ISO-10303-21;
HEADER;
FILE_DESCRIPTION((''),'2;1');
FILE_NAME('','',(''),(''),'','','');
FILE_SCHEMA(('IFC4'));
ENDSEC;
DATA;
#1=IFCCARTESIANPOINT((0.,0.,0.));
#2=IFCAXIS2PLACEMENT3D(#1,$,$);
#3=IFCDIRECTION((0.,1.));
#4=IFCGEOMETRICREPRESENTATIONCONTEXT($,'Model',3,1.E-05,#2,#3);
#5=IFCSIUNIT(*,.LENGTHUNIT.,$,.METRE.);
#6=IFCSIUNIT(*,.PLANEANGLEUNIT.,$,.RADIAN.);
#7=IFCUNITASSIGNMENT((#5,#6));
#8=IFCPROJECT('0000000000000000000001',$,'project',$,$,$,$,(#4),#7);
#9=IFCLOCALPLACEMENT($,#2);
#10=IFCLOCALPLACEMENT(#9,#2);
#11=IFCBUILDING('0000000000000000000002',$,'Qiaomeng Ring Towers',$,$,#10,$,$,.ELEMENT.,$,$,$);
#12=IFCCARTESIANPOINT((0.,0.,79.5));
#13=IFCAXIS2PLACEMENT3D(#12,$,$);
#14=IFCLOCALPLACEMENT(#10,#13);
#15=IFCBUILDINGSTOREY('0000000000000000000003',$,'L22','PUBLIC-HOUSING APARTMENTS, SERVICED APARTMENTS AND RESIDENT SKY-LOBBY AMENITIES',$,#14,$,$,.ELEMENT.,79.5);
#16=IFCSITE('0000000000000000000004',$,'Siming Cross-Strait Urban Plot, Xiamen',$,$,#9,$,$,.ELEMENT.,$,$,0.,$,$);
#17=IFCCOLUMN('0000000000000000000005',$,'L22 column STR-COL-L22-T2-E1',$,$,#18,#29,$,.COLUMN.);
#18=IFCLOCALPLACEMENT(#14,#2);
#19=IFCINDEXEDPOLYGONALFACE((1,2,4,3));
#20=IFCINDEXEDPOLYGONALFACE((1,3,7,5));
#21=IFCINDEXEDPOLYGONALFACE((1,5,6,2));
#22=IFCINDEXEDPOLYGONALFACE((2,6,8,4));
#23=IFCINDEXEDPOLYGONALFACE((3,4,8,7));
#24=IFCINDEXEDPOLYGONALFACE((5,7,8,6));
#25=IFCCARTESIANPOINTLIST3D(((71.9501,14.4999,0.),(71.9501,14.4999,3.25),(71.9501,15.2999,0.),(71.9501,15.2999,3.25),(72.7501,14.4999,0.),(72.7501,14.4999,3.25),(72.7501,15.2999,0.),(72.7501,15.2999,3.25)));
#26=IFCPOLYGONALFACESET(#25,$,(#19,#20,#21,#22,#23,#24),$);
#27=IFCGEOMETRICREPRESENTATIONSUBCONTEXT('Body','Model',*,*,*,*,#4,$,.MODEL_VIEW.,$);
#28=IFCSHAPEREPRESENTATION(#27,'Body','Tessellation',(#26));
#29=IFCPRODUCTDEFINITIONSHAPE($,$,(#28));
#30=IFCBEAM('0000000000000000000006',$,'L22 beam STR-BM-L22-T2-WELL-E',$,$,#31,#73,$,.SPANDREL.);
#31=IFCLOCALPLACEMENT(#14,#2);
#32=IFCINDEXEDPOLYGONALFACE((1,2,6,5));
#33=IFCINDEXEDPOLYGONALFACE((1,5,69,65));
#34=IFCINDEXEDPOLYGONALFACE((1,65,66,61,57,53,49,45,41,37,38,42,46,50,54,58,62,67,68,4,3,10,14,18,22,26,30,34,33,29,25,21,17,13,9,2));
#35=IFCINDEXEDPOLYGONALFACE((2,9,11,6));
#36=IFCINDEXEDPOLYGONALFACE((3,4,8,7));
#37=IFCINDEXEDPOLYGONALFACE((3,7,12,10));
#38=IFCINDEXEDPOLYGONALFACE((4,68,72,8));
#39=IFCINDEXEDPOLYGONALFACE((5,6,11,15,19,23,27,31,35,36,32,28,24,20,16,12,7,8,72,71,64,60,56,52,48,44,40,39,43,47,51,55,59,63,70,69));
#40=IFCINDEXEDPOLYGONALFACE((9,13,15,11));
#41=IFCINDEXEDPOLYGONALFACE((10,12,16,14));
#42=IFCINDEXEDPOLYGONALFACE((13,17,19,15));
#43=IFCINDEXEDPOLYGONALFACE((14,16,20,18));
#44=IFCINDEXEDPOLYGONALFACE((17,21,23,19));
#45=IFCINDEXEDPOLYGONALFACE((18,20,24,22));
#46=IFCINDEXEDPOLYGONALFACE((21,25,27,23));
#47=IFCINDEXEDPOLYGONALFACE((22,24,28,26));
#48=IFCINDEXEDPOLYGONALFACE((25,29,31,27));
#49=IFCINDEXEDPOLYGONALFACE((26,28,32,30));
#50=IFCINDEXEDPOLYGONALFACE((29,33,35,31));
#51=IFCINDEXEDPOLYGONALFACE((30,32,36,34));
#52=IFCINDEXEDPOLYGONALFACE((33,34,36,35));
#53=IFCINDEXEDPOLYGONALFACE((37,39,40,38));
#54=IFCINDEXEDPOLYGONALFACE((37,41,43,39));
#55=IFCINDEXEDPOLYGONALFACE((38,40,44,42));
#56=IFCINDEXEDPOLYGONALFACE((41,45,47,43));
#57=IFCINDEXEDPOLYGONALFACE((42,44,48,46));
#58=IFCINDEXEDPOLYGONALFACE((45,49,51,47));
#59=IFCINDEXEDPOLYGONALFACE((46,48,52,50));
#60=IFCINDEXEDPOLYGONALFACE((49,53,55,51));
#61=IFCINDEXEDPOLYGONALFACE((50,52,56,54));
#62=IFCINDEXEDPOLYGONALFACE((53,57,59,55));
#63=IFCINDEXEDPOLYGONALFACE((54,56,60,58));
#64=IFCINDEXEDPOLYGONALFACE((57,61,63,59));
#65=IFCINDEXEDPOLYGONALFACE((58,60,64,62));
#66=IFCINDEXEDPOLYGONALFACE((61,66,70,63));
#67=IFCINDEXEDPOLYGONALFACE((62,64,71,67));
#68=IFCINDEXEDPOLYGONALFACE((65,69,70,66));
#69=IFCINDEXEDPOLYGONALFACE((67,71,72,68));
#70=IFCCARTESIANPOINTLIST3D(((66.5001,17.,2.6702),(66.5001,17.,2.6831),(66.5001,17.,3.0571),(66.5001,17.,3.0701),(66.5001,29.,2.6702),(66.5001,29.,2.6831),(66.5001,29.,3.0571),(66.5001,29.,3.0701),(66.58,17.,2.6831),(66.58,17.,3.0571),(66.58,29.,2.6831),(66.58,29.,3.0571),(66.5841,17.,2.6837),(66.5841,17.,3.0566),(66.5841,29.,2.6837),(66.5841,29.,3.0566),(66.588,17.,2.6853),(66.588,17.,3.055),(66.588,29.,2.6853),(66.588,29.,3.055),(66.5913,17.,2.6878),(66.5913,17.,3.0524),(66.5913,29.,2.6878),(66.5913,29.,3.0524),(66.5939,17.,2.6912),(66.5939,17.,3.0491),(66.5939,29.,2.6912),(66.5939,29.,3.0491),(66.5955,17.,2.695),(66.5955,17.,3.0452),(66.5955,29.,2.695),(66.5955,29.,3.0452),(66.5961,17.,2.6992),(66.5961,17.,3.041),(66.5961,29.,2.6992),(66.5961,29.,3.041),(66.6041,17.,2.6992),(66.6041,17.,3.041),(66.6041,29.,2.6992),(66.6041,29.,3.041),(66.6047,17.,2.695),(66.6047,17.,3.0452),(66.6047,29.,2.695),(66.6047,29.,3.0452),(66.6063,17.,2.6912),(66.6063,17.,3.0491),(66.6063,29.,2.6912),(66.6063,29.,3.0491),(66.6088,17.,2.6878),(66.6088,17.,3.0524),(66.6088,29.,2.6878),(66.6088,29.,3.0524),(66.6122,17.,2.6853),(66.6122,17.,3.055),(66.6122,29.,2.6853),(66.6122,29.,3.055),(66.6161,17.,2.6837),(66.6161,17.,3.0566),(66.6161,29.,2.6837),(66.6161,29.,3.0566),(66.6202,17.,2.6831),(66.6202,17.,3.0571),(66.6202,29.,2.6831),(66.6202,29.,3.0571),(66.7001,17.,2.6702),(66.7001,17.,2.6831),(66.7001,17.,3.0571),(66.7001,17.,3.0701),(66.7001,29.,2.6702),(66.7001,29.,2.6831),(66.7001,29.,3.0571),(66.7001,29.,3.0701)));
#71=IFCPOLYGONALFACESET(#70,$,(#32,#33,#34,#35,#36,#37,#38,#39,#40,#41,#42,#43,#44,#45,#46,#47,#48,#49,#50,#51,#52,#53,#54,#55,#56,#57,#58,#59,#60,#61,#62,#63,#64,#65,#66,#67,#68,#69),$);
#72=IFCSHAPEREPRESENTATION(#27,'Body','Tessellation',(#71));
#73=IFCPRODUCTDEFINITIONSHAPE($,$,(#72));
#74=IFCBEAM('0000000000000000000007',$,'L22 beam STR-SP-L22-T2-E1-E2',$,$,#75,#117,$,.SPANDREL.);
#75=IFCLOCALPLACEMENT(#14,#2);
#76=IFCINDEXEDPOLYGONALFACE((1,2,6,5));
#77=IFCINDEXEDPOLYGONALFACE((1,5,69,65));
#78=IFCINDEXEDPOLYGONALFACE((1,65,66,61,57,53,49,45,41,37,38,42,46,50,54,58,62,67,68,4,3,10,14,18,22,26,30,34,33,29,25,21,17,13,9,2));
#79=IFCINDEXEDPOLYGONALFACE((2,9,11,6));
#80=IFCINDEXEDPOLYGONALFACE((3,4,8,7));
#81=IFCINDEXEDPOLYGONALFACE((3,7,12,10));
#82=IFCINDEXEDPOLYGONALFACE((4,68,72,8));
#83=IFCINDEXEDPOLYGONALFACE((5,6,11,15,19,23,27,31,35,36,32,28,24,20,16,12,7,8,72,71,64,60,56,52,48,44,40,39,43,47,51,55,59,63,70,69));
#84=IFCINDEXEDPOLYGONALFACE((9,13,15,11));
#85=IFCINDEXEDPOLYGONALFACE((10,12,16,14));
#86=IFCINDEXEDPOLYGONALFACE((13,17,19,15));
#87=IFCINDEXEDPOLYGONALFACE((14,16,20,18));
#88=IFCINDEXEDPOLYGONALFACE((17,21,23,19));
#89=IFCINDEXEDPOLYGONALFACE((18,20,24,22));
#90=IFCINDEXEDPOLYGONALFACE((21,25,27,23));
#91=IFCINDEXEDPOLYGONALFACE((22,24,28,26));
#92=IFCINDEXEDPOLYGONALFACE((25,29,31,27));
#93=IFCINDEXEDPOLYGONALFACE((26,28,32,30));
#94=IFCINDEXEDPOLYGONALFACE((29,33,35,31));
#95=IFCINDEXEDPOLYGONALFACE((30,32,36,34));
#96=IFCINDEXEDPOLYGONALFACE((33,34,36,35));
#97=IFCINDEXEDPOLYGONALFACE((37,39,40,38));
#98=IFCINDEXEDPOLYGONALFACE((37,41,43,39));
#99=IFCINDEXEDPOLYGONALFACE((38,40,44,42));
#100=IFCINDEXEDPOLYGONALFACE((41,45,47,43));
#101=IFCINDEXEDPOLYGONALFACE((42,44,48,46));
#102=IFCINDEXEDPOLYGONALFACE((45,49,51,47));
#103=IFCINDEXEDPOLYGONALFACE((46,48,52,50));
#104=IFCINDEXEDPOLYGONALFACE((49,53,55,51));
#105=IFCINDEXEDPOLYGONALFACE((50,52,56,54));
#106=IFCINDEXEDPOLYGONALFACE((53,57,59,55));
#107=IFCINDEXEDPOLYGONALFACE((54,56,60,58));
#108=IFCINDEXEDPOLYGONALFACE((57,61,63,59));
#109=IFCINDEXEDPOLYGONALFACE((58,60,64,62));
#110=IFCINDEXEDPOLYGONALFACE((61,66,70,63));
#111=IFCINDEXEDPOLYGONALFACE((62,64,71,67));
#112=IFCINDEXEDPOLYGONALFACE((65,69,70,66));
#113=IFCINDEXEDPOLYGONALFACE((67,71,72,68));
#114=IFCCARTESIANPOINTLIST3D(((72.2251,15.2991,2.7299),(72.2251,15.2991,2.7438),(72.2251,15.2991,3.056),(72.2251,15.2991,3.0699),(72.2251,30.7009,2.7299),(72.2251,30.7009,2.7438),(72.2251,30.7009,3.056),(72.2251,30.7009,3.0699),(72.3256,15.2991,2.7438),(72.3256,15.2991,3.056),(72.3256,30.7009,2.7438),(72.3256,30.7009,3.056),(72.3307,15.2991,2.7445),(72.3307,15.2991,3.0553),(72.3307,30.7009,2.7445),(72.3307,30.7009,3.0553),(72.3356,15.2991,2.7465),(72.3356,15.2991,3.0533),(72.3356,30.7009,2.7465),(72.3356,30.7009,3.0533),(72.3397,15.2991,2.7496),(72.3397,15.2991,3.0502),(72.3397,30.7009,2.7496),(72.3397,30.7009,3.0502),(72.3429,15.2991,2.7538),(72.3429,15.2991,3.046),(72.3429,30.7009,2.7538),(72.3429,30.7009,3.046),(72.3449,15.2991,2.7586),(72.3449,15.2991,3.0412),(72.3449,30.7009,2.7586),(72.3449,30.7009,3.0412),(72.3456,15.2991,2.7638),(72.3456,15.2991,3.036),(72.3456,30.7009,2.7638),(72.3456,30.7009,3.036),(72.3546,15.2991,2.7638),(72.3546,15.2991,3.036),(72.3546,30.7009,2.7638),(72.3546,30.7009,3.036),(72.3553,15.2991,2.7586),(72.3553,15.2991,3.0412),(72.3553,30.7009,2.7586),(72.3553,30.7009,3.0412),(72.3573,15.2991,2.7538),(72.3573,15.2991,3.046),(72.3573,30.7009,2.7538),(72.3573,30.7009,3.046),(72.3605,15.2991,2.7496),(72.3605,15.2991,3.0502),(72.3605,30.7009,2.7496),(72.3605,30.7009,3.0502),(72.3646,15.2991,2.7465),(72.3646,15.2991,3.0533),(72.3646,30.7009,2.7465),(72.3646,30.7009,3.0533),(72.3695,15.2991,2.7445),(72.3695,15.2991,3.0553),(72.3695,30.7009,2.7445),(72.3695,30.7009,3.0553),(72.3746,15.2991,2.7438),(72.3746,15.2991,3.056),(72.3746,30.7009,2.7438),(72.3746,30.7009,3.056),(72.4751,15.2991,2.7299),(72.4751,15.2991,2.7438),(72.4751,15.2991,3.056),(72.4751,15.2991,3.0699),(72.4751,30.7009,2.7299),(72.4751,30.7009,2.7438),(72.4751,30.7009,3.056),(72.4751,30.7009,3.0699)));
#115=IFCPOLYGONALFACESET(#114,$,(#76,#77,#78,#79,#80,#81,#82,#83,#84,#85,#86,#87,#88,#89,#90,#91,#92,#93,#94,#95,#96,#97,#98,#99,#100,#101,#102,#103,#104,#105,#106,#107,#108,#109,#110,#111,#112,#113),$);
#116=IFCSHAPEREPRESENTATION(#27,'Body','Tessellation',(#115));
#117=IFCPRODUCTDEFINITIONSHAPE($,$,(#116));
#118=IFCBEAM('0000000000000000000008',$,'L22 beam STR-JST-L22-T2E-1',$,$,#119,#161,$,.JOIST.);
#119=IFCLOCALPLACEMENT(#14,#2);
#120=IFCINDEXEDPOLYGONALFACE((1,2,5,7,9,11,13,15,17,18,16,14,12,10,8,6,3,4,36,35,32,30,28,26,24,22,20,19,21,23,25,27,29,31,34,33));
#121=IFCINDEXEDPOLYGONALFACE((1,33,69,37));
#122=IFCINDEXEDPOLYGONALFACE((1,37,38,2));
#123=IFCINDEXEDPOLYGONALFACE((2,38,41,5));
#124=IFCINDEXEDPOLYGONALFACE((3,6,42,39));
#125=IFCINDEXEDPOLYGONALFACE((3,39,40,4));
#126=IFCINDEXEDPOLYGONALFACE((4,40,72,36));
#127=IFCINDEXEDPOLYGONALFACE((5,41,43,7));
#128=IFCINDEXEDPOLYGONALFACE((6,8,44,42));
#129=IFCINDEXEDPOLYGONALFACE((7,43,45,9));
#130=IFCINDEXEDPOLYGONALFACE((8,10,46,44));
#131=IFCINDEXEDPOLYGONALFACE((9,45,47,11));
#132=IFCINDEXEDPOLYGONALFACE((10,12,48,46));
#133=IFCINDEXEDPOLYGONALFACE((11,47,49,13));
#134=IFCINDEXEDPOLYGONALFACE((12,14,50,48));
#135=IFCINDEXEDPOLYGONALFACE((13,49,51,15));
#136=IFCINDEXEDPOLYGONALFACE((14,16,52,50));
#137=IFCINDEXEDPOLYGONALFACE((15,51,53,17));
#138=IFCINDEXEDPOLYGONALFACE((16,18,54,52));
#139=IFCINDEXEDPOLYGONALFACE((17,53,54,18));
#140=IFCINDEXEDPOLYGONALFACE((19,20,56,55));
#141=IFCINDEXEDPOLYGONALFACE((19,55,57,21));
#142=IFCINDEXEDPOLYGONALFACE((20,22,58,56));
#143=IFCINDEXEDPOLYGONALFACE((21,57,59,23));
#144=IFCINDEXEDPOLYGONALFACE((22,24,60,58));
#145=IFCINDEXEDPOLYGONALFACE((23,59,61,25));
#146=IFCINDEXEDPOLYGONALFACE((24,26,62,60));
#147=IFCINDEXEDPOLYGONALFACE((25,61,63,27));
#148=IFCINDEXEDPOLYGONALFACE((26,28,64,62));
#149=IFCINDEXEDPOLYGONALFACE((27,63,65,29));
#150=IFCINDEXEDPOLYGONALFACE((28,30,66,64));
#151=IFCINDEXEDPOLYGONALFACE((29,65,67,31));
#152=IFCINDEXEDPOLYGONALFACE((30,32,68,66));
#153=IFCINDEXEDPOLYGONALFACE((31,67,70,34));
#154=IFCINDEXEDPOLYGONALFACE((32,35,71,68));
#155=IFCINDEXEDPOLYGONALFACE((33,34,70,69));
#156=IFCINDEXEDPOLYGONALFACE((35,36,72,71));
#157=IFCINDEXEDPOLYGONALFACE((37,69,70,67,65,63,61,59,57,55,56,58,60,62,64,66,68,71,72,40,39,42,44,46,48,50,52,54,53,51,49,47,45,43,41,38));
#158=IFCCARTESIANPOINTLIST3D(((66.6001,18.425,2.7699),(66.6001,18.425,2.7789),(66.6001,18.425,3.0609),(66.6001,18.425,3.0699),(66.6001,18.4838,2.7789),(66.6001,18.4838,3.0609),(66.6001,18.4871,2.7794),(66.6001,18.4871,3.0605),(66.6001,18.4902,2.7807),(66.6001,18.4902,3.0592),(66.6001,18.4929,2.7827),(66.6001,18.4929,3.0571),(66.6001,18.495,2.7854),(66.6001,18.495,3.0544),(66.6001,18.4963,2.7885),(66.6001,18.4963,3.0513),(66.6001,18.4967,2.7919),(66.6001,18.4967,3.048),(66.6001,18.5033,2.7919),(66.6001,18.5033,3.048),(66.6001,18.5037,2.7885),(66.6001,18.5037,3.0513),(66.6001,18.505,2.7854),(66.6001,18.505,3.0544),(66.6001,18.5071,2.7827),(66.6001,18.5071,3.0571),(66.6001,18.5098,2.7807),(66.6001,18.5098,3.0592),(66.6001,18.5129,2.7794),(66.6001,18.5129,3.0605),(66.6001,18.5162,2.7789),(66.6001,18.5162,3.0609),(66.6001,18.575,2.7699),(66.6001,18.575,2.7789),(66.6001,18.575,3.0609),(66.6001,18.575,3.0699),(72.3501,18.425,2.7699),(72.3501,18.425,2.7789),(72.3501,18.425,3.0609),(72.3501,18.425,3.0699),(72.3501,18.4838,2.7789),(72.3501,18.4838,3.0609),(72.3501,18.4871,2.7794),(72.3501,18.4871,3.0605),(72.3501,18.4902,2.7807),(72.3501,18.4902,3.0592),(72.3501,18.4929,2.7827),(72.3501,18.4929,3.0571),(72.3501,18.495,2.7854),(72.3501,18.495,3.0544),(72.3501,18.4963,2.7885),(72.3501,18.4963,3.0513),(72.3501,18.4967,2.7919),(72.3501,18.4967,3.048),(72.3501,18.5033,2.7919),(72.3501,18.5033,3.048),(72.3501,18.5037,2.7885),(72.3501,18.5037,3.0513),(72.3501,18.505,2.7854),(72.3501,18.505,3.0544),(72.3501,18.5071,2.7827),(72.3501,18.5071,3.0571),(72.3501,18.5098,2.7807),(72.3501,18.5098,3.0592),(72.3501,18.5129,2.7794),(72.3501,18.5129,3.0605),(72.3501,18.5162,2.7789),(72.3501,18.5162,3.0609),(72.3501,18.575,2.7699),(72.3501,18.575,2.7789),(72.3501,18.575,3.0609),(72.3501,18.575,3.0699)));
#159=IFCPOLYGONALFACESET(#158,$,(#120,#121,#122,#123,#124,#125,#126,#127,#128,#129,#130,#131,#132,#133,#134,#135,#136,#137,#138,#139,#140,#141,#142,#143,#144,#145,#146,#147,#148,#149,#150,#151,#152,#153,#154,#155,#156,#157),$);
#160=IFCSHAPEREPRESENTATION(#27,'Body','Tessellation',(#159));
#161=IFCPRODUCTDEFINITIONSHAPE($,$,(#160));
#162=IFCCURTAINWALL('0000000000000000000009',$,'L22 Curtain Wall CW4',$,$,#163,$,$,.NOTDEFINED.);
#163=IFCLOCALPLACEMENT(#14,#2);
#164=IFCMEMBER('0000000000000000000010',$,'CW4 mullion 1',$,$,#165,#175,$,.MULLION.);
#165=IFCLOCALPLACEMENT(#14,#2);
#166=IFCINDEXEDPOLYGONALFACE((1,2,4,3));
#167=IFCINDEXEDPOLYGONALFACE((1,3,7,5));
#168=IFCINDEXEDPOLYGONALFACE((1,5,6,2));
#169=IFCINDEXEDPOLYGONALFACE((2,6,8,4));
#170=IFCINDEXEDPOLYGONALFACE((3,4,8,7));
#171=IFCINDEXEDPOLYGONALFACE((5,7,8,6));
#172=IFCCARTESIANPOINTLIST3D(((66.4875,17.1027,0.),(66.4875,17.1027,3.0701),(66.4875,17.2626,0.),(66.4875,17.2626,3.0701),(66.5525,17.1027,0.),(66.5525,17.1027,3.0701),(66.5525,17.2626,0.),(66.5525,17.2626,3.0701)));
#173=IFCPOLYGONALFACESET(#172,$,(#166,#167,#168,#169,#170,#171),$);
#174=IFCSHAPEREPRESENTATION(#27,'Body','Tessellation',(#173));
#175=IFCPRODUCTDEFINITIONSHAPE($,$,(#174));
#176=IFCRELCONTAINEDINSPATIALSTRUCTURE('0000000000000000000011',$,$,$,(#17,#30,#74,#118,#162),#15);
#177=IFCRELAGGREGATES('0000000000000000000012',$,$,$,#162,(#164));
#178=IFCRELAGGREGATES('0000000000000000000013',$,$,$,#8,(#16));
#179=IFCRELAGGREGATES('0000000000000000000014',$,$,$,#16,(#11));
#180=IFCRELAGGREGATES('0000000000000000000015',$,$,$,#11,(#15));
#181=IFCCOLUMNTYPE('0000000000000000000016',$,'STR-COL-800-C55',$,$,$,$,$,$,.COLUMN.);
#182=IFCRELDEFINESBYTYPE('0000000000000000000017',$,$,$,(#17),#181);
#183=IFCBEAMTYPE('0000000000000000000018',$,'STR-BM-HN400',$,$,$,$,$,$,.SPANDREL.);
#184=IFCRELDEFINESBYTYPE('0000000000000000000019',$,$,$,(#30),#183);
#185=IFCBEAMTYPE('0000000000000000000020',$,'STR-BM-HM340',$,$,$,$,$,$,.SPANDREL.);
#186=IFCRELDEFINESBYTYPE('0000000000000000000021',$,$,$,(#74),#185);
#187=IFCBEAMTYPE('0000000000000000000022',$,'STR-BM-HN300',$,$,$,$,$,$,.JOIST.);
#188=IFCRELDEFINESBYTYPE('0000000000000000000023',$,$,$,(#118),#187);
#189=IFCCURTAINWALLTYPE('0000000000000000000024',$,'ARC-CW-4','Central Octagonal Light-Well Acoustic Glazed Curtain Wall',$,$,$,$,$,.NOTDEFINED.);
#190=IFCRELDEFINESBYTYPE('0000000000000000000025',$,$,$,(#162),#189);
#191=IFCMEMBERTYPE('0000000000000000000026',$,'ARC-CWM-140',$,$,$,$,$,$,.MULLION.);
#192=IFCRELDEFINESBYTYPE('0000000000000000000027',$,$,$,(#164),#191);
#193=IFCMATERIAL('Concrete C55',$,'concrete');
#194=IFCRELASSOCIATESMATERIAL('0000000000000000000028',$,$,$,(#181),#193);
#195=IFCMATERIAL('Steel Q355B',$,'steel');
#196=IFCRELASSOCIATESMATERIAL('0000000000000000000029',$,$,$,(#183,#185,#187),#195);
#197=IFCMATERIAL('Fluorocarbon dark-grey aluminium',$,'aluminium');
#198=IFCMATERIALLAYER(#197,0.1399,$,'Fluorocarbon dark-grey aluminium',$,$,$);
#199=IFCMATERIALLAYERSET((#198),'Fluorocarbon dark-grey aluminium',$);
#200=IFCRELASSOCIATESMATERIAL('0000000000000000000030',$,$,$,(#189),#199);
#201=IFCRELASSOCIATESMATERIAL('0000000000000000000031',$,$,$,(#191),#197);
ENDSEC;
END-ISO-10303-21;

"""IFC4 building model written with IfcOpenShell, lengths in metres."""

from ifc_helpers import new_model, si_unit, direction, frame, origin, origin_2d, place, context, subcontext, project, spatial, rectangle, i_section, extrude, source, transform, mapped, material, layer, layer_set, material_profile, profile_set, type_object, element, aggregate, save


model = new_model("IFC4")

# Units and contexts
model_context = context("Model", 3, precision=1e-05, world=origin(), true_north=direction((0.0, 1.0)))
body_context = subcontext(model_context, "Body", "Model", "MODEL_VIEW")
ifc_project = project(units=[si_unit("LENGTHUNIT", "METRE"), si_unit("PLANEANGLEUNIT", "RADIAN")], contexts=[model_context])

# Site, building, storey
site_placement = place(None, origin())
site = spatial("IfcSite", under=ifc_project, at=site_placement, Name="Siming Cross-Strait Urban Plot, Xiamen", CompositionType="ELEMENT", RefElevation=0.0)
building_placement = place(site_placement, origin())
building = spatial("IfcBuilding", under=site, at=building_placement, Name="Qiaomeng Ring Towers", CompositionType="ELEMENT")
storey_placement = place(building_placement, frame((0.0, 0.0, 79.5)))
storey = spatial("IfcBuildingStorey", under=building, at=storey_placement, Name="L22", Description="PUBLIC-HOUSING APARTMENTS, SERVICED APARTMENTS AND RESIDENT SKY-LOBBY AMENITIES", CompositionType="ELEMENT", Elevation=79.5)

# Column
ifc_material_1 = material(Name="Concrete C55", Category="concrete")
ifc_material_profile_1 = material_profile(ifc_material_1, rectangle(XDim=0.8, YDim=0.8, at=origin_2d()), Name="RC COL 800x800")
ifc_profile_set_1 = profile_set([ifc_material_profile_1], Name="Concrete C55")
column_type = type_object("IfcColumnType", Name="STR-COL-800-C55", PredefinedType="COLUMN", material=ifc_profile_set_1)
shared_shape_1 = source(origin(), body_context, "Body", "SweptSolid", [
    extrude(rectangle(XDim=0.8, YDim=0.8, at=origin_2d()), origin(), (0.0, 0.0, 1.0), 3.25),
])
column_placement = place(storey_placement, frame((72.3501, 14.8999, 0.0), z_axis=(0.0, 0.0, 1.0), x_axis=(1.0, 0.0, 0.0)))
element("IfcColumn", 1, at=column_placement, inside=storey, type_object=column_type, Name="L22 column STR-COL-L22-T2-E1", PredefinedType="COLUMN", context=body_context, shape_type="MappedRepresentation", body=[
    mapped(shared_shape_1, transform((0.0, 0.0, 0.0), x_axis=(1.0, 0.0, 0.0), y_axis=(0.0, 1.0, 0.0), z_axis=(0.0, 0.0, 1.0), scale=1.0)),
])

# Beams
ifc_material_2 = material(Name="Steel Q355B", Category="steel")
ifc_material_profile_2 = material_profile(ifc_material_2, i_section(OverallWidth=0.2, OverallDepth=0.3999, WebThickness=0.0081, FlangeThickness=0.0129, FilletRadius=0.0161, at=origin_2d()), Name="HN 400x200x8x13")
ifc_profile_set_2 = profile_set([ifc_material_profile_2], Name="Steel Q355B")
beam_type_1 = type_object("IfcBeamType", Name="STR-BM-HN400", PredefinedType="SPANDREL", material=ifc_profile_set_2)
shared_shape_2 = source(origin(), body_context, "Body", "SweptSolid", [
    extrude(i_section(OverallWidth=0.2, OverallDepth=0.3999, WebThickness=0.0081, FlangeThickness=0.0129, FilletRadius=0.0161, at=origin_2d()), origin(), (0.0, 0.0, 1.0), 12.0),
])
beam_1_placement = place(storey_placement, frame((66.6001, 17.0, 2.8701), z_axis=(0.0, 1.0, 0.0), x_axis=(-1.0, 0.0, 0.0)))
element("IfcBeam", 2, at=beam_1_placement, inside=storey, type_object=beam_type_1, Name="L22 beam STR-BM-L22-T2-WELL-E", PredefinedType="SPANDREL", context=body_context, shape_type="MappedRepresentation", body=[
    mapped(shared_shape_2, transform((0.0, 0.0, 0.0), x_axis=(1.0, 0.0, 0.0), y_axis=(0.0, 1.0, 0.0), z_axis=(0.0, 0.0, 1.0), scale=1.0)),
])
ifc_material_profile_3 = material_profile(ifc_material_2, i_section(OverallWidth=0.25, OverallDepth=0.3401, WebThickness=0.009, FlangeThickness=0.0139, FilletRadius=0.02, at=origin_2d()), Name="HM 340x250x9x14")
ifc_profile_set_3 = profile_set([ifc_material_profile_3], Name="Steel Q355B")
beam_type_2 = type_object("IfcBeamType", Name="STR-BM-HM340", PredefinedType="SPANDREL", material=ifc_profile_set_3)
shared_shape_3 = source(origin(), body_context, "Body", "SweptSolid", [
    extrude(i_section(OverallWidth=0.25, OverallDepth=0.3401, WebThickness=0.009, FlangeThickness=0.0139, FilletRadius=0.02, at=origin_2d()), origin(), (0.0, 0.0, 1.0), 15.4019),
])
beam_2_placement = place(storey_placement, frame((72.3501, 15.2991, 2.8999), z_axis=(0.0, 1.0, 0.0), x_axis=(-1.0, 0.0, 0.0)))
element("IfcBeam", 3, at=beam_2_placement, inside=storey, type_object=beam_type_2, Name="L22 beam STR-SP-L22-T2-E1-E2", PredefinedType="SPANDREL", context=body_context, shape_type="MappedRepresentation", body=[
    mapped(shared_shape_3, transform((0.0, 0.0, 0.0), x_axis=(1.0, 0.0, 0.0), y_axis=(0.0, 1.0, 0.0), z_axis=(0.0, 0.0, 1.0), scale=1.0)),
])
ifc_material_profile_4 = material_profile(ifc_material_2, i_section(OverallWidth=0.1499, OverallDepth=0.3, WebThickness=0.0066, FlangeThickness=0.009, FilletRadius=0.0129, at=origin_2d()), Name="HN 300x150x6.5x9")
ifc_profile_set_4 = profile_set([ifc_material_profile_4], Name="Steel Q355B")
beam_type_3 = type_object("IfcBeamType", Name="STR-BM-HN300", PredefinedType="JOIST", material=ifc_profile_set_4)
shared_shape_4 = source(origin(), body_context, "Body", "SweptSolid", [
    extrude(i_section(OverallWidth=0.1499, OverallDepth=0.3, WebThickness=0.0066, FlangeThickness=0.009, FilletRadius=0.0129, at=origin_2d()), origin(), (0.0, 0.0, 1.0), 5.75),
])
beam_3_placement = place(storey_placement, frame((66.6001, 18.5, 2.9199), z_axis=(1.0, 0.0, 0.0), x_axis=(0.0, 1.0, 0.0)))
element("IfcBeam", 4, at=beam_3_placement, inside=storey, type_object=beam_type_3, Name="L22 beam STR-JST-L22-T2E-1", PredefinedType="JOIST", context=body_context, shape_type="MappedRepresentation", body=[
    mapped(shared_shape_4, transform((0.0, 0.0, 0.0), x_axis=(1.0, 0.0, 0.0), y_axis=(0.0, 1.0, 0.0), z_axis=(0.0, 0.0, 1.0), scale=1.0)),
])

# Curtain wall, member
ifc_material_3 = material(Name="Fluorocarbon dark-grey aluminium", Category="aluminium")
ifc_layer_1 = layer(ifc_material_3, 0.1399, Name="Fluorocarbon dark-grey aluminium")
ifc_layer_set_1 = layer_set([ifc_layer_1], Name="Fluorocarbon dark-grey aluminium")
curtain_wall_type = type_object("IfcCurtainWallType", Name="ARC-CW-4", Description="Central Octagonal Light-Well Acoustic Glazed Curtain Wall", PredefinedType="NOTDEFINED", material=ifc_layer_set_1)
curtain_wall_placement = place(storey_placement, origin())
curtain_wall = element("IfcCurtainWall", 5, at=curtain_wall_placement, inside=storey, type_object=curtain_wall_type, Name="L22 Curtain Wall CW4", PredefinedType="NOTDEFINED")
ifc_material_profile_5 = material_profile(ifc_material_3, rectangle(XDim=0.0649, YDim=0.1599, at=origin_2d()), Name="ALU MULL 65x160")
ifc_profile_set_5 = profile_set([ifc_material_profile_5], Name="Fluorocarbon dark-grey aluminium")
member_type_1 = type_object("IfcMemberType", Name="ARC-CWM-140", PredefinedType="MULLION", material=ifc_profile_set_5)
shared_shape_5 = source(origin(), body_context, "Body", "SweptSolid", [
    extrude(rectangle(XDim=0.0649, YDim=0.1599, at=origin_2d()), origin(), (0.0, 0.0, 1.0), 3.0701),
])
member_1_placement = place(storey_placement, frame((66.52, 17.1826, 0.0), z_axis=(0.0, 0.0, 1.0), x_axis=(-1.0, 0.0, 0.0)))
member_1 = element("IfcMember", 6, at=member_1_placement, type_object=member_type_1, Name="CW4 mullion 1", PredefinedType="MULLION", context=body_context, shape_type="MappedRepresentation", body=[
    mapped(shared_shape_5, transform((0.0, 0.0, 0.0), x_axis=(1.0, 0.0, 0.0), y_axis=(0.0, 1.0, 0.0), z_axis=(0.0, 0.0, 1.0), scale=1.0)),
])
aggregate(curtain_wall, [member_1])

save(model, "model.ifc")
